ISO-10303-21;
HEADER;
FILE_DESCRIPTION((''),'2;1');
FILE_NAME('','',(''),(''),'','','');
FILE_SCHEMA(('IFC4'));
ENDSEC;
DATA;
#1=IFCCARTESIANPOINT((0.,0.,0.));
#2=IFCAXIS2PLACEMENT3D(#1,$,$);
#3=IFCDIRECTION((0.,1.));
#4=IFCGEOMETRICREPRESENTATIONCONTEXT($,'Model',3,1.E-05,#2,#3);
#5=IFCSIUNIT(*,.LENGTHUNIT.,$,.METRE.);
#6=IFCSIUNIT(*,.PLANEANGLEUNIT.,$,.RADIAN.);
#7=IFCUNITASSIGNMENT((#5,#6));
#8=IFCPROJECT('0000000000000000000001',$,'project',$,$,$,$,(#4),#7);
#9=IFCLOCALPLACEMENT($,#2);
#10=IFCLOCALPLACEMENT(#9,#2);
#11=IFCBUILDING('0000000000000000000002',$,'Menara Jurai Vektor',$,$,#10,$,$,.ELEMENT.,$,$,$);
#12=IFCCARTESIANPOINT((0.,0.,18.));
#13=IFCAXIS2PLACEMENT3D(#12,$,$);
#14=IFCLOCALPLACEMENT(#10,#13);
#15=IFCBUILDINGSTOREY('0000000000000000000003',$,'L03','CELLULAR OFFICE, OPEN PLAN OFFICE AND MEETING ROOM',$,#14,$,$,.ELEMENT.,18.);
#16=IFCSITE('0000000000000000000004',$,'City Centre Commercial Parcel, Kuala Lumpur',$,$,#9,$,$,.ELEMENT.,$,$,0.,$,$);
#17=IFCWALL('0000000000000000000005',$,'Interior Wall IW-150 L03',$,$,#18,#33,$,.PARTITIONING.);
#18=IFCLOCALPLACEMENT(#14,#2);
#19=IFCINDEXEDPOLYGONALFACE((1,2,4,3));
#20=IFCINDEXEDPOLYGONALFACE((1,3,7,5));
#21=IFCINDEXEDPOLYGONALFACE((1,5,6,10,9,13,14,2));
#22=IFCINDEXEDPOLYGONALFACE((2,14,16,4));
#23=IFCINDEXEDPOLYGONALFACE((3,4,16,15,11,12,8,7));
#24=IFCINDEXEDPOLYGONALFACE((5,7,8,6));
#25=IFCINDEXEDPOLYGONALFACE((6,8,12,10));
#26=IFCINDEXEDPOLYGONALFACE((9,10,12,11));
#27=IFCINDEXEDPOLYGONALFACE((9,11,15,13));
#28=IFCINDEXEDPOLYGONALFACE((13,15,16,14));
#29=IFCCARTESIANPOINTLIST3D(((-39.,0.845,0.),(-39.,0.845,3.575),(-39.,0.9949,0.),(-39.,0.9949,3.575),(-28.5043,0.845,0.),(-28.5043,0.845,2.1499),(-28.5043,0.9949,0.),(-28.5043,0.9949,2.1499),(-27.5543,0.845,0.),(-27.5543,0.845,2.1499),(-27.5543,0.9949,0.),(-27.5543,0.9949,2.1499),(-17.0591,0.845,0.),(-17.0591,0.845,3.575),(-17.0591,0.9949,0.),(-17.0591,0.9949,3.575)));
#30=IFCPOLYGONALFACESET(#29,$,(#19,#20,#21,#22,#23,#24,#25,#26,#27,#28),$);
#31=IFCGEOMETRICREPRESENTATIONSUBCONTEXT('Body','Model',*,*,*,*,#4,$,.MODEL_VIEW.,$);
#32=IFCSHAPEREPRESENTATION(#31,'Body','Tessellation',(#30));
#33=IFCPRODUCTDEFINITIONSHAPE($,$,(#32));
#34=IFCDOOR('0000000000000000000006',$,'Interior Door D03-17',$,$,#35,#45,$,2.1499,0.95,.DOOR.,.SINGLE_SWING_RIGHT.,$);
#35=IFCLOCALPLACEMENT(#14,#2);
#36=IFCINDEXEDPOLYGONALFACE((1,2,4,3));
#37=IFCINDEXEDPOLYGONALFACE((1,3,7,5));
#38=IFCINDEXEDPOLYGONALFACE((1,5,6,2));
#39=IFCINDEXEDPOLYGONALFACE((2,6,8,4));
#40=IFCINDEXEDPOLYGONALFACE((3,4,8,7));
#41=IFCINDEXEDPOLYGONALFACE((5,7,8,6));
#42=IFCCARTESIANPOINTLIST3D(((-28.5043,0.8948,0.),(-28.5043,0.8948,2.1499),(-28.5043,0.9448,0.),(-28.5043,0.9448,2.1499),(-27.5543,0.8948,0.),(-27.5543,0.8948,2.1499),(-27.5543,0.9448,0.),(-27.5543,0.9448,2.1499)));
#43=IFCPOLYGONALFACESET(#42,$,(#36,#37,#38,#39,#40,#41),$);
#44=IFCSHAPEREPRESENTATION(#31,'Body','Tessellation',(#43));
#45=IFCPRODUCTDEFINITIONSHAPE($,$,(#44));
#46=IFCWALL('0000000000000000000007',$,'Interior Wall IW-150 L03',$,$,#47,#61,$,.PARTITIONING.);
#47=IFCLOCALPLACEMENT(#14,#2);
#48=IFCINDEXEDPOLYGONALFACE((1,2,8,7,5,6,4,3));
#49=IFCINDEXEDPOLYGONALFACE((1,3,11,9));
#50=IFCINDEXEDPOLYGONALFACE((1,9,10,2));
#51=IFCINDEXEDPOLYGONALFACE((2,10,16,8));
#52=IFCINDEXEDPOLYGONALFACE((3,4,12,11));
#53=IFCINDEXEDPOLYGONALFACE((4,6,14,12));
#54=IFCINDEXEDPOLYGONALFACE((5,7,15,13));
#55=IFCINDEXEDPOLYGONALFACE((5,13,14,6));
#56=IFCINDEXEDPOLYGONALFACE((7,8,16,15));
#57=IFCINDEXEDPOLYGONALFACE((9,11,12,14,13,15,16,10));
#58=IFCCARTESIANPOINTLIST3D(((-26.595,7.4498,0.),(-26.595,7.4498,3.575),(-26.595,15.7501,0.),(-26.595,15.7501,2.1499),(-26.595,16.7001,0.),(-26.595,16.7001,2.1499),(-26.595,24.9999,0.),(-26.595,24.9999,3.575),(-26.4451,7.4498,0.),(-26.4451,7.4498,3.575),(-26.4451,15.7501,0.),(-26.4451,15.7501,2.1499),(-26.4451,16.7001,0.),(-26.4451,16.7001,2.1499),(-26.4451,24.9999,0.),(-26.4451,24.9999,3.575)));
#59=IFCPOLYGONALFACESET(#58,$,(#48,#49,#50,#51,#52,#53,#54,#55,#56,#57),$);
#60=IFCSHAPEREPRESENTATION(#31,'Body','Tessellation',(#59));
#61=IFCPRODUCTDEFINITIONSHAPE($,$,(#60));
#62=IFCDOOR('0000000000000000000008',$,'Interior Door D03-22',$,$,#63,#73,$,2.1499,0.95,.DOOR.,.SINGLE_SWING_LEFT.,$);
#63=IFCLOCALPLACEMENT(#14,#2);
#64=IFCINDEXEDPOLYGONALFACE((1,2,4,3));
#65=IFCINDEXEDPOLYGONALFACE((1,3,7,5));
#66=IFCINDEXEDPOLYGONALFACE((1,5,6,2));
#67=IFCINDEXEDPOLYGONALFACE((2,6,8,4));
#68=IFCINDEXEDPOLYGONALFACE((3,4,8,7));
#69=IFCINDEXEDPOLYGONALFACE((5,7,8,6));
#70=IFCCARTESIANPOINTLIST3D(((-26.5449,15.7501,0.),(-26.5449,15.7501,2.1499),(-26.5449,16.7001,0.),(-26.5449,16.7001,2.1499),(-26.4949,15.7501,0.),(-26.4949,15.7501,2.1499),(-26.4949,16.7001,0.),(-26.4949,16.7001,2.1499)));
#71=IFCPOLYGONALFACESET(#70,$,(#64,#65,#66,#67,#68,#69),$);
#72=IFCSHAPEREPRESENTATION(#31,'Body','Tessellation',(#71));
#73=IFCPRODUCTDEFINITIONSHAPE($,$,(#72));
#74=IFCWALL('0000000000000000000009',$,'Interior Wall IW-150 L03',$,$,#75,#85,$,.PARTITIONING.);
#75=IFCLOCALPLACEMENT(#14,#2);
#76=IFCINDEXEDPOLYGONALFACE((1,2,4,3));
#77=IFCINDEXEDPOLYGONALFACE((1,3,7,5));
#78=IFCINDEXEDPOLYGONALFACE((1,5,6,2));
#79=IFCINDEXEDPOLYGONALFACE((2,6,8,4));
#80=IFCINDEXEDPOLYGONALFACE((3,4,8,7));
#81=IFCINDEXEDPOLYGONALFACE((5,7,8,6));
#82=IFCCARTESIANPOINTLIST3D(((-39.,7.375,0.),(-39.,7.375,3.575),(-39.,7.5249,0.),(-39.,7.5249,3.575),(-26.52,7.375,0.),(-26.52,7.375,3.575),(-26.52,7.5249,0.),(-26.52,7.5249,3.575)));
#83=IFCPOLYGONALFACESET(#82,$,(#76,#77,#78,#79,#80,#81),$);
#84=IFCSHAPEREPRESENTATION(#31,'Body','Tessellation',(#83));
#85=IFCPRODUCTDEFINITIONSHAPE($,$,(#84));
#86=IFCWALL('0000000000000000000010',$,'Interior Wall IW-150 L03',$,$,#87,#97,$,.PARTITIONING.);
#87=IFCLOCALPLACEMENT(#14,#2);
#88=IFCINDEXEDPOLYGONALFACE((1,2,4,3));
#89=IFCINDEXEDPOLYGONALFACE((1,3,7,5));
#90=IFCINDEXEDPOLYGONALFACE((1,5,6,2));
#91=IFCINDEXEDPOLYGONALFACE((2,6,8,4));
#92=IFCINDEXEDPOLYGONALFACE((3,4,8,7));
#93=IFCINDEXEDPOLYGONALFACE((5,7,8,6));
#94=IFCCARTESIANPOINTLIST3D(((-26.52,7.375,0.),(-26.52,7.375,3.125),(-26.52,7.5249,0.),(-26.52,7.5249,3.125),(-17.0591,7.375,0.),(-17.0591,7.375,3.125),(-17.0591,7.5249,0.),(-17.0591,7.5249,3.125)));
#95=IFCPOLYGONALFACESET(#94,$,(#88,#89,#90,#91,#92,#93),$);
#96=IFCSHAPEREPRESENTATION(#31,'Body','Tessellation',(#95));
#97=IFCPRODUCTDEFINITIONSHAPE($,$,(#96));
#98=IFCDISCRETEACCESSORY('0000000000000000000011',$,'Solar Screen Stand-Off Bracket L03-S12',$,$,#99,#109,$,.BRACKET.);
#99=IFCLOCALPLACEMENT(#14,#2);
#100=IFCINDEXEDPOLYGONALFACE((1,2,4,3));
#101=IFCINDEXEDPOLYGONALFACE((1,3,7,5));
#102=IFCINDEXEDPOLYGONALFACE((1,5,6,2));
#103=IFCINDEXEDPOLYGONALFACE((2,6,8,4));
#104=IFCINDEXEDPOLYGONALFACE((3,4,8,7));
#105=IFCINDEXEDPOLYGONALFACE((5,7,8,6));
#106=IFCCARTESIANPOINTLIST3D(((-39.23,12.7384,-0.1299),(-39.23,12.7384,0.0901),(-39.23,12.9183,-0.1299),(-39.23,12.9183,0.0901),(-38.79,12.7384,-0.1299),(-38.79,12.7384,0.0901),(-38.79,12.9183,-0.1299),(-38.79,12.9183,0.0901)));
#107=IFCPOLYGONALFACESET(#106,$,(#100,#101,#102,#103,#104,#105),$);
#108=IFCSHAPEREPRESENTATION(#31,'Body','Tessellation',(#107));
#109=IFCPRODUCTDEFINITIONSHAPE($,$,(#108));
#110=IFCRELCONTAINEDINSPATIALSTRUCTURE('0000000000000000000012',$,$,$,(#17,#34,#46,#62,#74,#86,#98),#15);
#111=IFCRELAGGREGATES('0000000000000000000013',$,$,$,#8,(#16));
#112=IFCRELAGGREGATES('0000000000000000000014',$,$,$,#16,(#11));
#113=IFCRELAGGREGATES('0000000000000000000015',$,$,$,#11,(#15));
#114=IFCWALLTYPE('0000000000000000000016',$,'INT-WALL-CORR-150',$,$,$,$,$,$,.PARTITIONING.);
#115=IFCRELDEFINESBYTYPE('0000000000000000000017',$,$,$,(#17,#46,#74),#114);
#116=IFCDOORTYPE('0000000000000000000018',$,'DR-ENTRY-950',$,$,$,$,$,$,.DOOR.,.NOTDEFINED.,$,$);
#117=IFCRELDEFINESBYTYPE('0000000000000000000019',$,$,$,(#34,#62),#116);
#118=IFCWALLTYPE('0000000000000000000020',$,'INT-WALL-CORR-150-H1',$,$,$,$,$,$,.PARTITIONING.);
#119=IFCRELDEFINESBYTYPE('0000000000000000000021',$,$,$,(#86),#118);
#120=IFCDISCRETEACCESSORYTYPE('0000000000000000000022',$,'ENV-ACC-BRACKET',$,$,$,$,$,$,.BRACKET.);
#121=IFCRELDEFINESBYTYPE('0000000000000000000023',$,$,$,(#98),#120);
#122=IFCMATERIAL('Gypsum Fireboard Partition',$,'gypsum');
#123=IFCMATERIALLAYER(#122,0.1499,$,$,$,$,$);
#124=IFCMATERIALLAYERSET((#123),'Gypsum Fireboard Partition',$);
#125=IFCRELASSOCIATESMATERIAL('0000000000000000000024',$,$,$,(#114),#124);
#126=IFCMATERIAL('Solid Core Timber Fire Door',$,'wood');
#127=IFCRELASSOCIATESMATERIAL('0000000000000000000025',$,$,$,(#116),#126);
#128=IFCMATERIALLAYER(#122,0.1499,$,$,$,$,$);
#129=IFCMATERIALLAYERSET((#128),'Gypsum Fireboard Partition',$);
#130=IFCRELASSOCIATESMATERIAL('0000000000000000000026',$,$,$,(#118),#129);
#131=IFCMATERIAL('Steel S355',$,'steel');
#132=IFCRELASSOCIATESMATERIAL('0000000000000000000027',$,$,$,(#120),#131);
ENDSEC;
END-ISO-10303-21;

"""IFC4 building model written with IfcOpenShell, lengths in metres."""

from ifc_helpers import new_model, si_unit, direction, frame, frame_2d, origin, origin_2d, place, context, subcontext, project, spatial, rectangle, extrude, material, layer, layer_set, type_object, element, fill, save


model = new_model("IFC4")

# Units and contexts
model_context = context("Model", 3, precision=1e-05, world=origin(), true_north=direction((0.0, 1.0)))
body_context = subcontext(model_context, "Body", "Model", "MODEL_VIEW")
ifc_project = project(units=[si_unit("LENGTHUNIT", "METRE"), si_unit("PLANEANGLEUNIT", "RADIAN")], contexts=[model_context])

# Site, building, storey
site_placement = place(None, origin())
site = spatial("IfcSite", under=ifc_project, at=site_placement, Name="City Centre Commercial Parcel, Kuala Lumpur", CompositionType="ELEMENT", RefElevation=0.0)
building_placement = place(site_placement, origin())
building = spatial("IfcBuilding", under=site, at=building_placement, Name="Menara Jurai Vektor", CompositionType="ELEMENT")
storey_placement = place(building_placement, frame((0.0, 0.0, 18.0)))
storey = spatial("IfcBuildingStorey", under=building, at=storey_placement, Name="L03", Description="CELLULAR OFFICE, OPEN PLAN OFFICE AND MEETING ROOM", CompositionType="ELEMENT", Elevation=18.0)

# Shared definitions
ifc_material_1 = material(Name="Steel S355", Category="steel")

# Walls, openings, doors
ifc_material_2 = material(Name="Gypsum Fireboard Partition", Category="gypsum")
ifc_layer_1 = layer(ifc_material_2, 0.1499)
ifc_layer_set_1 = layer_set([ifc_layer_1], Name="Gypsum Fireboard Partition")
wall_type_1 = type_object("IfcWallType", Name="INT-WALL-CORR-150", PredefinedType="PARTITIONING", material=ifc_layer_set_1)
ifc_material_3 = material(Name="Solid Core Timber Fire Door", Category="wood")
door_type = type_object("IfcDoorType", Name="DR-ENTRY-950", OperationType="NOTDEFINED", PredefinedType="DOOR", material=ifc_material_3)
wall_1_placement = place(storey_placement, frame((-39.0, 0.9199, 0.0), z_axis=(0.0, 0.0, 1.0), x_axis=(1.0, 0.0, 0.0)))
wall_1 = element("IfcWall", 1, at=wall_1_placement, inside=storey, type_object=wall_type_1, Name="Interior Wall IW-150 L03", PredefinedType="PARTITIONING", context=body_context, shape_type="SweptSolid", body=[
    extrude(rectangle(XDim=21.9409, YDim=0.1499, at=frame_2d((10.9705, 0.0))), origin(), (0.0, 0.0, 1.0), 3.575),
])
opening_1_placement = place(wall_1_placement, frame((10.4956, 0.0, 0.0)))
opening_1 = element("IfcOpeningElement", 2, at=opening_1_placement, cuts=wall_1, PredefinedType="OPENING", context=body_context, shape_type="SweptSolid", body=[
    extrude(rectangle(XDim=0.95, YDim=2.1499, at=frame_2d((0.4751, 1.075))), frame((0.0, 0.085, 0.0), z_axis=(0.0, -1.0, 0.0), x_axis=(1.0, 0.0, 0.0)), (0.0, 0.0, 1.0), 0.1699),
])
door_1_placement = place(opening_1_placement, origin())
door_1 = element("IfcDoor", 3, at=door_1_placement, inside=storey, type_object=door_type, Name="Interior Door D03-17", OperationType="SINGLE_SWING_RIGHT", OverallHeight=2.1499, OverallWidth=0.95, PredefinedType="DOOR", context=body_context, shape_type="SweptSolid", body=[
    extrude(rectangle(XDim=0.95, YDim=2.1499, at=frame_2d((0.4751, 1.075))), frame((0.0, 0.0249, 0.0), z_axis=(0.0, -1.0, 0.0), x_axis=(1.0, 0.0, 0.0)), (0.0, 0.0, 1.0), 0.05),
])
fill(opening_1, door_1)
wall_2_placement = place(storey_placement, frame((-26.52, 7.45, 0.0), z_axis=(0.0, 0.0, 1.0), x_axis=(0.0, 1.0, 0.0)))
wall_2 = element("IfcWall", 4, at=wall_2_placement, inside=storey, type_object=wall_type_1, Name="Interior Wall IW-150 L03", PredefinedType="PARTITIONING", context=body_context, shape_type="SweptSolid", body=[
    extrude(rectangle(XDim=17.55, YDim=0.1499, at=frame_2d((8.7749, 0.0))), origin(), (0.0, 0.0, 1.0), 3.575),
])
opening_2_placement = place(wall_2_placement, frame((8.3, 0.0, 0.0)))
opening_2 = element("IfcOpeningElement", 5, at=opening_2_placement, cuts=wall_2, PredefinedType="OPENING", context=body_context, shape_type="SweptSolid", body=[
    extrude(rectangle(XDim=0.95, YDim=2.1499, at=frame_2d((0.4751, 1.075))), frame((0.0, 0.085, 0.0), z_axis=(0.0, -1.0, 0.0), x_axis=(1.0, 0.0, 0.0)), (0.0, 0.0, 1.0), 0.1699),
])
door_2_placement = place(opening_2_placement, origin())
door_2 = element("IfcDoor", 6, at=door_2_placement, inside=storey, type_object=door_type, Name="Interior Door D03-22", OperationType="SINGLE_SWING_LEFT", OverallHeight=2.1499, OverallWidth=0.95, PredefinedType="DOOR", context=body_context, shape_type="SweptSolid", body=[
    extrude(rectangle(XDim=0.95, YDim=2.1499, at=frame_2d((0.4751, 1.075))), frame((0.0, 0.0249, 0.0), z_axis=(0.0, -1.0, 0.0), x_axis=(1.0, 0.0, 0.0)), (0.0, 0.0, 1.0), 0.05),
])
fill(opening_2, door_2)

# Walls
wall_3_placement = place(storey_placement, frame((-39.0, 7.45, 0.0), z_axis=(0.0, 0.0, 1.0), x_axis=(1.0, 0.0, 0.0)))
element("IfcWall", 7, at=wall_3_placement, inside=storey, type_object=wall_type_1, Name="Interior Wall IW-150 L03", PredefinedType="PARTITIONING", context=body_context, shape_type="SweptSolid", body=[
    extrude(rectangle(XDim=12.48, YDim=0.1499, at=frame_2d((6.24, 0.0))), origin(), (0.0, 0.0, 1.0), 3.575),
])
ifc_layer_2 = layer(ifc_material_2, 0.1499)
ifc_layer_set_2 = layer_set([ifc_layer_2], Name="Gypsum Fireboard Partition")
wall_type_2 = type_object("IfcWallType", Name="INT-WALL-CORR-150-H1", PredefinedType="PARTITIONING", material=ifc_layer_set_2)
wall_4_placement = place(storey_placement, frame((-26.52, 7.45, 0.0), z_axis=(0.0, 0.0, 1.0), x_axis=(1.0, 0.0, 0.0)))
element("IfcWall", 8, at=wall_4_placement, inside=storey, type_object=wall_type_2, Name="Interior Wall IW-150 L03", PredefinedType="PARTITIONING", context=body_context, shape_type="SweptSolid", body=[
    extrude(rectangle(XDim=9.4609, YDim=0.1499, at=frame_2d((4.7305, 0.0))), origin(), (0.0, 0.0, 1.0), 3.125),
])

# Discrete accessory
discrete_accessory_type = type_object("IfcDiscreteAccessoryType", Name="ENV-ACC-BRACKET", PredefinedType="BRACKET", material=ifc_material_1)
discrete_accessory_placement = place(storey_placement, frame((-39.01, 12.8284, -0.1299), z_axis=(0.0, 0.0, 1.0), x_axis=(0.0, -1.0, 0.0)))
element("IfcDiscreteAccessory", 9, at=discrete_accessory_placement, inside=storey, type_object=discrete_accessory_type, Name="Solar Screen Stand-Off Bracket L03-S12", PredefinedType="BRACKET", context=body_context, shape_type="SweptSolid", body=[
    extrude(rectangle(XDim=0.1799, YDim=0.4399, at=origin_2d()), origin(), (0.0, 0.0, 1.0), 0.22),
])

save(model, "model.ifc")
